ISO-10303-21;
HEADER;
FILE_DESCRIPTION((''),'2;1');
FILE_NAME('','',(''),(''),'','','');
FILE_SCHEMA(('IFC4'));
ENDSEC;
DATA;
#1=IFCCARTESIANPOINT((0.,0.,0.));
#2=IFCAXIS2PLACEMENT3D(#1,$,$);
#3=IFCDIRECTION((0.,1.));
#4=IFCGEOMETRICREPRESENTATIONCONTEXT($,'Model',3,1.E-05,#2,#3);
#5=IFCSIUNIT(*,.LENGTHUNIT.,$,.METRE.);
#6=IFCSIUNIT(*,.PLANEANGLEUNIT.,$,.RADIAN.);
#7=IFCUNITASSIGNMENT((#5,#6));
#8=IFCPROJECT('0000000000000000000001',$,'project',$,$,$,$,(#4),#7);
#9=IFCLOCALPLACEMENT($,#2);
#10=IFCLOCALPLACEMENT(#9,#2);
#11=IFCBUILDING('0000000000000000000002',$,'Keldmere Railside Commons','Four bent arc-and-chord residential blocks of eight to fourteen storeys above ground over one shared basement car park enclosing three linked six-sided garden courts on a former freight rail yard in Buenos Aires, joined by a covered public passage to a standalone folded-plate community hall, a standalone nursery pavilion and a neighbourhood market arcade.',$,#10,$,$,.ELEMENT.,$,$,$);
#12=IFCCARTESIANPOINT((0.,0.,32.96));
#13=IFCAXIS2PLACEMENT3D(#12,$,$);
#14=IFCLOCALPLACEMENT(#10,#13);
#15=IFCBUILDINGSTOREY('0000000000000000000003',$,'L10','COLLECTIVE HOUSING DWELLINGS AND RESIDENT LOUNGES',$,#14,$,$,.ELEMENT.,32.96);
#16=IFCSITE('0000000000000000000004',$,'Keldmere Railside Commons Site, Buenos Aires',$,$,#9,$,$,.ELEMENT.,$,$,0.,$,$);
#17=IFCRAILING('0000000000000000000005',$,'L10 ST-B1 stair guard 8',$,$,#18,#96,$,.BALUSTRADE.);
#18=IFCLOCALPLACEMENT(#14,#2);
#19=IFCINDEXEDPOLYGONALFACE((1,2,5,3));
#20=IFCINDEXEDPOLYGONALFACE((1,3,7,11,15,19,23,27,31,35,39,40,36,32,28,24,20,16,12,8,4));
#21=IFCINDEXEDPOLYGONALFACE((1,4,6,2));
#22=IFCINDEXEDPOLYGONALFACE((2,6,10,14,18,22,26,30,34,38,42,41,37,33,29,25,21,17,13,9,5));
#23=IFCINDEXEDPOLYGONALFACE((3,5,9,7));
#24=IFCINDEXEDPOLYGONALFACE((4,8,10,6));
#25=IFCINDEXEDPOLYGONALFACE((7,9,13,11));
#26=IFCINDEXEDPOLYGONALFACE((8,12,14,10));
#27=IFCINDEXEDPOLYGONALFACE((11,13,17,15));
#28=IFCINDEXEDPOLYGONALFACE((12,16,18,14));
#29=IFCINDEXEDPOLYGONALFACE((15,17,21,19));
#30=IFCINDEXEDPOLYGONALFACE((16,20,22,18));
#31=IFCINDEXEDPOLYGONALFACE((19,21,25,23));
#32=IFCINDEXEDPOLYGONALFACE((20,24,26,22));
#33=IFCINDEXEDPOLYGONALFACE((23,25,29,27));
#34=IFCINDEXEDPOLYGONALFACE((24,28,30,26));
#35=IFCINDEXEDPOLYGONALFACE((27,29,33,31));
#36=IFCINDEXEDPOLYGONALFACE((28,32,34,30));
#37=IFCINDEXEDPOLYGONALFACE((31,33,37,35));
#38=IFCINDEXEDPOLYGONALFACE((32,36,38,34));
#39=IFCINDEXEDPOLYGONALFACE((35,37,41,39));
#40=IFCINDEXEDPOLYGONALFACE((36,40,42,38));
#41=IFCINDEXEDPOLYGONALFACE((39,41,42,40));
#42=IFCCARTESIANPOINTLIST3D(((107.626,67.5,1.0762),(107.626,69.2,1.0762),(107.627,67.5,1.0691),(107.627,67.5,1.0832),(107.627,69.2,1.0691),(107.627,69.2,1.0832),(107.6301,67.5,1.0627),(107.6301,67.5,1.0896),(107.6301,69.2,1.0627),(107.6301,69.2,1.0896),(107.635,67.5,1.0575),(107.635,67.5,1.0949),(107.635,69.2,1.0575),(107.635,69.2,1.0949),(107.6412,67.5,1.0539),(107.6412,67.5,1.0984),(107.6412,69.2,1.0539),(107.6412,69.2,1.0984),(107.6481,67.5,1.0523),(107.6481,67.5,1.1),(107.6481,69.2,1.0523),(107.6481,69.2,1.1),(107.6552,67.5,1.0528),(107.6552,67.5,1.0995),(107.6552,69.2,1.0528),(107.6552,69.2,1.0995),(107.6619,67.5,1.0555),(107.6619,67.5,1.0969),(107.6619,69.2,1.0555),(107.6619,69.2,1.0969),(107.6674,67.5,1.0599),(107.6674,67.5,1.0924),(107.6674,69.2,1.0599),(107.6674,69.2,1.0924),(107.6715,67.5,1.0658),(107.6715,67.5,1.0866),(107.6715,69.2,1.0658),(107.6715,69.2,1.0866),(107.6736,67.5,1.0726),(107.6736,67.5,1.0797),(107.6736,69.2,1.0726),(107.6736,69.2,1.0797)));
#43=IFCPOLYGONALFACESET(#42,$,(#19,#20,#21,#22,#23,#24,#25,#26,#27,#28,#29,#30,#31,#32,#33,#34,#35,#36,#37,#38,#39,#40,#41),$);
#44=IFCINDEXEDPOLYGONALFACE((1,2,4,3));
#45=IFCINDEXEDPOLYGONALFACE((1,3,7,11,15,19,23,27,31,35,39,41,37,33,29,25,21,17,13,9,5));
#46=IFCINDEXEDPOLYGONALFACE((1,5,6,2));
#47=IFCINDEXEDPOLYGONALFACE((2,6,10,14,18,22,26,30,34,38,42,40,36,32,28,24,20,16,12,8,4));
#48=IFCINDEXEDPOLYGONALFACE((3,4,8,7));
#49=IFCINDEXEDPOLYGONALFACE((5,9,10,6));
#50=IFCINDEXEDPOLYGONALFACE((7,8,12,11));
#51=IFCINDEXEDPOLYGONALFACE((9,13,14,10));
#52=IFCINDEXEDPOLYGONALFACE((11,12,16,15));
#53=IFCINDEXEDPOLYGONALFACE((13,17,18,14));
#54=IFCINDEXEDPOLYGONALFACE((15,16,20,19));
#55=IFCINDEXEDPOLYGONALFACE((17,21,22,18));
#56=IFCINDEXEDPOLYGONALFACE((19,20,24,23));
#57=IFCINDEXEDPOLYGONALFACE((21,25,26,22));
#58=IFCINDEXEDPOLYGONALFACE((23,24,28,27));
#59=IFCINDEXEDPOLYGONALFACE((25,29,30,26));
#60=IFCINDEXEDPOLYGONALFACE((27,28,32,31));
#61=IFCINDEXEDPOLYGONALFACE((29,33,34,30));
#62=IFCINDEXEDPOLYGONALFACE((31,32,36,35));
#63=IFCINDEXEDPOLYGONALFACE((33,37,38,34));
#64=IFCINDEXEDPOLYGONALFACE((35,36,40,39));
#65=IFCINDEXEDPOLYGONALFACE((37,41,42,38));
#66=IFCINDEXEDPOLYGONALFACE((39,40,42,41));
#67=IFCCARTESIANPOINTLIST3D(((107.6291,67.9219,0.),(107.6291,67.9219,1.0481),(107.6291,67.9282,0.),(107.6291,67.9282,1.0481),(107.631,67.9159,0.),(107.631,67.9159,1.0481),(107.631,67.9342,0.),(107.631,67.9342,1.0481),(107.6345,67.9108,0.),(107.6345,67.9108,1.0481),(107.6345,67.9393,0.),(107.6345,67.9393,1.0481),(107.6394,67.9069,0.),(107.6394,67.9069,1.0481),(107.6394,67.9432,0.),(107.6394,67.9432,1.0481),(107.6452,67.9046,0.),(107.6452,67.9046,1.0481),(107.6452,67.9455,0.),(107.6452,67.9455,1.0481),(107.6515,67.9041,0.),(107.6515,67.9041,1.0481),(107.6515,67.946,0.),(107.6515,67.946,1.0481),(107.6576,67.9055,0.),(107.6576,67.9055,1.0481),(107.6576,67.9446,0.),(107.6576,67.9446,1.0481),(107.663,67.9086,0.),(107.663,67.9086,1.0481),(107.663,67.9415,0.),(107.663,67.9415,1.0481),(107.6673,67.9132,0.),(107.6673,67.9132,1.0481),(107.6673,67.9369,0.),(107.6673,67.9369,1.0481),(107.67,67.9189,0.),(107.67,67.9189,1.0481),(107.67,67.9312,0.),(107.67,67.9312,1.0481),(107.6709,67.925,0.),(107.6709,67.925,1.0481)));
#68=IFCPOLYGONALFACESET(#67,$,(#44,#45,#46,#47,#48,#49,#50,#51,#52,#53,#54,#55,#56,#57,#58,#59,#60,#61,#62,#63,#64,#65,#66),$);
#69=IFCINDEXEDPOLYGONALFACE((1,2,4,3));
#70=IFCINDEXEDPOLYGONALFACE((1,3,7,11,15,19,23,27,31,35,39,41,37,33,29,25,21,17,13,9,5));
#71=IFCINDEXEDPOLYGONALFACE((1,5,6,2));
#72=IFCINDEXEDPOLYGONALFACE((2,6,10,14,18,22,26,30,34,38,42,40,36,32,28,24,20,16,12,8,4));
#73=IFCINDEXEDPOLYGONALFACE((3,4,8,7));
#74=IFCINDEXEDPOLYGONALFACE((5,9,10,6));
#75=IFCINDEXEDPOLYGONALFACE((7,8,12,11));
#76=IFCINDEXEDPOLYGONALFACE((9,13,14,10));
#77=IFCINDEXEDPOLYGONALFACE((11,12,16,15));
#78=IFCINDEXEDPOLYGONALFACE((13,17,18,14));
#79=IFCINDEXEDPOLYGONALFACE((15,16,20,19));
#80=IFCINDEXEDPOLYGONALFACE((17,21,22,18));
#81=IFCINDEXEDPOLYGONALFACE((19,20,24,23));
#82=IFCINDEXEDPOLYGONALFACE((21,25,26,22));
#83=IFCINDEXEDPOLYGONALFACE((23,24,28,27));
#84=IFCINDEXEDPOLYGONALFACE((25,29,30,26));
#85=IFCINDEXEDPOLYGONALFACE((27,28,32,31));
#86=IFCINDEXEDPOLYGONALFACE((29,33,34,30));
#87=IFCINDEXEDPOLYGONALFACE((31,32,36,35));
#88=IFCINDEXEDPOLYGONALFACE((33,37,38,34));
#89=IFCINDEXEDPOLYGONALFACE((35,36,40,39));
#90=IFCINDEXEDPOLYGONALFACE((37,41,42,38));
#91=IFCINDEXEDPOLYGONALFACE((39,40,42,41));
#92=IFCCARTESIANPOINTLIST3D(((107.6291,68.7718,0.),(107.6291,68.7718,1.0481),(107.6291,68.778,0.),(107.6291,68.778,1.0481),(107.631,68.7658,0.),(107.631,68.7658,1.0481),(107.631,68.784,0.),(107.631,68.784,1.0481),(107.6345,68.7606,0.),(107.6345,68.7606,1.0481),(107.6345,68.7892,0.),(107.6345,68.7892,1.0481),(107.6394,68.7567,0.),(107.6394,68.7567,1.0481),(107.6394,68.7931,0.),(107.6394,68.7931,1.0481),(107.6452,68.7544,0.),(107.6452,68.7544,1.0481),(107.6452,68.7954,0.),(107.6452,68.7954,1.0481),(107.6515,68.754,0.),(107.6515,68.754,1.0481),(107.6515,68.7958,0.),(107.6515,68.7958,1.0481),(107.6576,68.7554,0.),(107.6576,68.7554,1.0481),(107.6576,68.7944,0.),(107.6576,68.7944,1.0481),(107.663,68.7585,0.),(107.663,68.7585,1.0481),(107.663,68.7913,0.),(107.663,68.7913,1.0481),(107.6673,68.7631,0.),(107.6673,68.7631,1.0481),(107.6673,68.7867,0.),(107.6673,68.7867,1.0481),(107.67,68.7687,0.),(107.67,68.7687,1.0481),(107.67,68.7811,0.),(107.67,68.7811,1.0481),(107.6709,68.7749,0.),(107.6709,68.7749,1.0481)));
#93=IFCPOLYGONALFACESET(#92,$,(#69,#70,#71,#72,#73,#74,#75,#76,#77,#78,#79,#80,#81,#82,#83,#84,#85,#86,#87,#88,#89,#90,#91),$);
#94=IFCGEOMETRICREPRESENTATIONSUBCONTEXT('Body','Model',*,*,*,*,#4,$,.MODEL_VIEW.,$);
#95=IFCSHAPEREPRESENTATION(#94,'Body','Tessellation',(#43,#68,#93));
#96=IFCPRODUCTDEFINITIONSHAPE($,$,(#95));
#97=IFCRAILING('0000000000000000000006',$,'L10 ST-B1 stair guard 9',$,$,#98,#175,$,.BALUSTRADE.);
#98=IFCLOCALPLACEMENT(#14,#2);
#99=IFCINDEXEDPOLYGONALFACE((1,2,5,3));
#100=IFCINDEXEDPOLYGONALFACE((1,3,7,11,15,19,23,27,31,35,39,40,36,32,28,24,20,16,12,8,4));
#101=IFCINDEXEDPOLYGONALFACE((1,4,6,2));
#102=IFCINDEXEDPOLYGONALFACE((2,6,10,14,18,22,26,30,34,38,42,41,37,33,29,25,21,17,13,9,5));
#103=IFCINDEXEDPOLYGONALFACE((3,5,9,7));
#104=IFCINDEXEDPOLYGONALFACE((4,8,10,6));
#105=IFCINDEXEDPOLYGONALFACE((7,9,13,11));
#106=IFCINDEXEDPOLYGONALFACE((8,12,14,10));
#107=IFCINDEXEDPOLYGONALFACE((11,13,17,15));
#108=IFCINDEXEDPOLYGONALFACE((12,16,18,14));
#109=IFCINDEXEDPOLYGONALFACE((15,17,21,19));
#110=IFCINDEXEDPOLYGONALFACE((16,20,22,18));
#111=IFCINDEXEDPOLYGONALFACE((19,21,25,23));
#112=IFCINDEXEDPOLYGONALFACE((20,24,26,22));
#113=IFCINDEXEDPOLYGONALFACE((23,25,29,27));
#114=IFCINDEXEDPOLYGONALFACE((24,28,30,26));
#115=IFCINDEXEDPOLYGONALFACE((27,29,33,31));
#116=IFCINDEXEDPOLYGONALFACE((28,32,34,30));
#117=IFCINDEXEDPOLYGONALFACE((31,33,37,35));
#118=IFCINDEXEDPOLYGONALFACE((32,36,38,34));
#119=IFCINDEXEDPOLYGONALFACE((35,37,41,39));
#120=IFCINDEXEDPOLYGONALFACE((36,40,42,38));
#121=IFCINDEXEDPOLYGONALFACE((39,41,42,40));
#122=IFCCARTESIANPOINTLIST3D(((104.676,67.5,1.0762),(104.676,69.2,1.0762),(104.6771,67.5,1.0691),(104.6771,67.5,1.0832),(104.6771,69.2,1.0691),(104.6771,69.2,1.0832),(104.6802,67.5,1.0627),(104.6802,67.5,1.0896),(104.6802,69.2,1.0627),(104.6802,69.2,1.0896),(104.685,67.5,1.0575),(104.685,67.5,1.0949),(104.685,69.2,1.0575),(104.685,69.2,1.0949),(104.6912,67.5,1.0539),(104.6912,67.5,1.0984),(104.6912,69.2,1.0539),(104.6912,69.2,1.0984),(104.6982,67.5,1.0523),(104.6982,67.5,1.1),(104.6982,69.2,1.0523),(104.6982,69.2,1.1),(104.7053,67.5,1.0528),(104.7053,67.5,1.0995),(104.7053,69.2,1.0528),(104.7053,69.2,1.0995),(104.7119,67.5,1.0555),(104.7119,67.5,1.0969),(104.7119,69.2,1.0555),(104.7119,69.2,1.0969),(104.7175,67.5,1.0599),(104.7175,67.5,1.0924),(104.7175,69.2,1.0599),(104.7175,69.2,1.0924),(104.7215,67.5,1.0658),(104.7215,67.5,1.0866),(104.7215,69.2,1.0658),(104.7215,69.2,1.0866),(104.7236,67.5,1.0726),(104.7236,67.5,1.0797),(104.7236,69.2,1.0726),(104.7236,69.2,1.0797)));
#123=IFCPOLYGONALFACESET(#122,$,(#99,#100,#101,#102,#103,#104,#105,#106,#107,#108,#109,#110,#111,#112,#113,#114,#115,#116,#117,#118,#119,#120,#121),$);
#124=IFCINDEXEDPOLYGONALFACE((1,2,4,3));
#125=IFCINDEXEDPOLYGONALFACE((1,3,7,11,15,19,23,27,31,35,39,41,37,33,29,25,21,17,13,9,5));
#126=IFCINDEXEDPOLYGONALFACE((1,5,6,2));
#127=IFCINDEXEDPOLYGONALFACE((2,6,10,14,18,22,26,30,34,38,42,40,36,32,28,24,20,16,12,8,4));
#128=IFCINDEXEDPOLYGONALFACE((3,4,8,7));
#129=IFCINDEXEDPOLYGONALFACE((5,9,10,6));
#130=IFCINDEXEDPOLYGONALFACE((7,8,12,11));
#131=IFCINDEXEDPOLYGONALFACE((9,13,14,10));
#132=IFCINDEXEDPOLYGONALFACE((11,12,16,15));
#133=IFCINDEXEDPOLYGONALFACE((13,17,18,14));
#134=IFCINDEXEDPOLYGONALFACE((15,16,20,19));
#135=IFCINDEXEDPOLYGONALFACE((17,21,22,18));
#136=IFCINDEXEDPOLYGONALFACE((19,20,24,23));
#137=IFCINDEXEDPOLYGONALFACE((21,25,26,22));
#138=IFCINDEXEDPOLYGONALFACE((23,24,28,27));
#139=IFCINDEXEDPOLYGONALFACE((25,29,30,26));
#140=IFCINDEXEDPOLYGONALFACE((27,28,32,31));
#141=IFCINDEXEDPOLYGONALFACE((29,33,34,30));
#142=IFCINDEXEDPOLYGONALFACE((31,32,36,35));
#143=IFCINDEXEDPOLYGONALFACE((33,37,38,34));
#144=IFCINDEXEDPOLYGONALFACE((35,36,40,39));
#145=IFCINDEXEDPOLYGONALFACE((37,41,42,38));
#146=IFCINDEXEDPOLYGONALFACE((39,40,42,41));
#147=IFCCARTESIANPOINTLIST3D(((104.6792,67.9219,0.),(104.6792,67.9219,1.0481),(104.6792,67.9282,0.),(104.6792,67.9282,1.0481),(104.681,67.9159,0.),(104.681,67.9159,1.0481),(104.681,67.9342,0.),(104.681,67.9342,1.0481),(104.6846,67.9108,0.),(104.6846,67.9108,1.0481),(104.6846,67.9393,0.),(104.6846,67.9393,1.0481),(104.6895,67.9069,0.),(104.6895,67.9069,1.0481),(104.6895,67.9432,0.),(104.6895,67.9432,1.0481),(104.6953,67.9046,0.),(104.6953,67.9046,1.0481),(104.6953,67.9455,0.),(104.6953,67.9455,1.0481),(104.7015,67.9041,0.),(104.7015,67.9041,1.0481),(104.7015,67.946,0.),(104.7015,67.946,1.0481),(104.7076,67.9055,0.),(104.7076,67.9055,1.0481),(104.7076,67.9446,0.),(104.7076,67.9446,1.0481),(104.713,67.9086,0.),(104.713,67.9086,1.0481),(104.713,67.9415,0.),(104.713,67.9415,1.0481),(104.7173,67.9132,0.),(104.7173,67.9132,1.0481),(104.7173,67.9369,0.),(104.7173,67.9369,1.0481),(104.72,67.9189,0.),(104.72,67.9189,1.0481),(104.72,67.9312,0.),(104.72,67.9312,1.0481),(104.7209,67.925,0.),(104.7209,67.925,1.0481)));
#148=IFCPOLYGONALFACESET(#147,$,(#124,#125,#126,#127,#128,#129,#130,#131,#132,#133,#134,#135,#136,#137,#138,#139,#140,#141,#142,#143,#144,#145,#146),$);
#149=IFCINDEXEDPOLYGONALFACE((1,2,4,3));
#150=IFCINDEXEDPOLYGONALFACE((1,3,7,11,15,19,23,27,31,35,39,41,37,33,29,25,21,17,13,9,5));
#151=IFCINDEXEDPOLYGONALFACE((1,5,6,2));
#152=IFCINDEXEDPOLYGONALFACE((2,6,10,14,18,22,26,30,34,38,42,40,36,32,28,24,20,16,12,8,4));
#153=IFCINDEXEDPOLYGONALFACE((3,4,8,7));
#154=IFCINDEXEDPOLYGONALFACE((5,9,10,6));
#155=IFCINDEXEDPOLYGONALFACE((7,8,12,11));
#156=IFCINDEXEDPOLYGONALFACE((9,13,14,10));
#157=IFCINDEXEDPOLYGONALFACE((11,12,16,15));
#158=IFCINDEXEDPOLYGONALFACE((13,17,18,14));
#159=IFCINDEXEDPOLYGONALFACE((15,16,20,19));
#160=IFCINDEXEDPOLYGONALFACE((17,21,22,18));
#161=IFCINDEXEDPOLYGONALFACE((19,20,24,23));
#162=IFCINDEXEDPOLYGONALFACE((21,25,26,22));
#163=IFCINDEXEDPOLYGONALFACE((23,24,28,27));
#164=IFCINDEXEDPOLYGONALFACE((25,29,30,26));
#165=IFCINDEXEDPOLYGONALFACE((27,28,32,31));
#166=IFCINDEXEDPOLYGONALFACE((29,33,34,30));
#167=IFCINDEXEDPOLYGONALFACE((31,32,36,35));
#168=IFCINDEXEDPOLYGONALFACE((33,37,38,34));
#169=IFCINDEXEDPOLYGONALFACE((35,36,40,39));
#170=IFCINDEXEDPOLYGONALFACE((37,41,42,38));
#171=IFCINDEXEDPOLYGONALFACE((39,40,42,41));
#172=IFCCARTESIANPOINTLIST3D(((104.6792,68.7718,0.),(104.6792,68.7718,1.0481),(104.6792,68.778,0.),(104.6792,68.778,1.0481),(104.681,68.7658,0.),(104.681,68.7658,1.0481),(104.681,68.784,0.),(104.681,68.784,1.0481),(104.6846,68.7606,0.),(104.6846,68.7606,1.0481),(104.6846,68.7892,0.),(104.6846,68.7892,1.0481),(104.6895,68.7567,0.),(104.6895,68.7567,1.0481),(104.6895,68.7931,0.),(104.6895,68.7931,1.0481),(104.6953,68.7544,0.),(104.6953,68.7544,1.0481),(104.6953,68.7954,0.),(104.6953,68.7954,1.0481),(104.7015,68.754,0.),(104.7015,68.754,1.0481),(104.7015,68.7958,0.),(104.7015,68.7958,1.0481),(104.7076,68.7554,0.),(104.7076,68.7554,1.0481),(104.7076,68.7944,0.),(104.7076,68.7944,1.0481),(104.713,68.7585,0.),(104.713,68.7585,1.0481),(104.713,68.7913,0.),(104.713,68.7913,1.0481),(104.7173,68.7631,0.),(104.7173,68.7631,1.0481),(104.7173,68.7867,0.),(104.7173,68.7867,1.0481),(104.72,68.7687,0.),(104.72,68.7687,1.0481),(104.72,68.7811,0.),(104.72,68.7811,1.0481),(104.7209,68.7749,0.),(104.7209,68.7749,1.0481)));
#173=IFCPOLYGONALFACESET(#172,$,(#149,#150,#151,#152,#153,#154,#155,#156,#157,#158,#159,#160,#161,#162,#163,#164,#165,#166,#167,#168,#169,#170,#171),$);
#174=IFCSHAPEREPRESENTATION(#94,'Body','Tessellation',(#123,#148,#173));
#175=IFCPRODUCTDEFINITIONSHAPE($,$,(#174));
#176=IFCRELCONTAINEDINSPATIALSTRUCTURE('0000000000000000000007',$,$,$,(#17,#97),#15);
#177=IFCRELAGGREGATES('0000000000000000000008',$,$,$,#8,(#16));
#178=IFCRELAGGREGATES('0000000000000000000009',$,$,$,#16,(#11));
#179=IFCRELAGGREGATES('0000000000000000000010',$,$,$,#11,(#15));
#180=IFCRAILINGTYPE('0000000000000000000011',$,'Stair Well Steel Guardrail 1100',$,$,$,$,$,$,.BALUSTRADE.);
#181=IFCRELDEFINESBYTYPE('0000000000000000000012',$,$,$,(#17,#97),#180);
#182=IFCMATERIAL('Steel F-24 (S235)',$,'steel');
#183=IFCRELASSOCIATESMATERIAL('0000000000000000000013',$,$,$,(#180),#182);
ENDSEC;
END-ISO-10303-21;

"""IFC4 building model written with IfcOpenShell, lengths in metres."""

from ifc_helpers import new_model, si_unit, direction, frame, origin, origin_2d, place, context, subcontext, project, spatial, circle, extrude, material, type_object, element, save


model = new_model("IFC4")

# Units and contexts
model_context = context("Model", 3, precision=1e-05, world=origin(), true_north=direction((0.0, 1.0)))
body_context = subcontext(model_context, "Body", "Model", "MODEL_VIEW")
ifc_project = project(units=[si_unit("LENGTHUNIT", "METRE"), si_unit("PLANEANGLEUNIT", "RADIAN")], contexts=[model_context])

# Site, building, storey
site_placement = place(None, origin())
site = spatial("IfcSite", under=ifc_project, at=site_placement, Name="Keldmere Railside Commons Site, Buenos Aires", CompositionType="ELEMENT", RefElevation=0.0)
building_placement = place(site_placement, origin())
building = spatial("IfcBuilding", under=site, at=building_placement, Name="Keldmere Railside Commons", Description="Four bent arc-and-chord residential blocks of eight to fourteen storeys above ground over one shared basement car park enclosing three linked six-sided garden courts on a former freight rail yard in Buenos Aires, joined by a covered public passage to a standalone folded-plate community hall, a standalone nursery pavilion and a neighbourhood market arcade.", CompositionType="ELEMENT")
storey_placement = place(building_placement, frame((0.0, 0.0, 32.96)))
storey = spatial("IfcBuildingStorey", under=building, at=storey_placement, Name="L10", Description="COLLECTIVE HOUSING DWELLINGS AND RESIDENT LOUNGES", CompositionType="ELEMENT", Elevation=32.96)

# Shared definitions
ifc_material_1 = material(Name="Steel F-24 (S235)", Category="steel")

# Railings
railing_type_1 = type_object("IfcRailingType", Name="Stair Well Steel Guardrail 1100", PredefinedType="BALUSTRADE", material=ifc_material_1)
for number, where, name in (
    (1, (107.6499, 67.5, 0.0), "L10 ST-B1 stair guard 8"),
    (2, (104.7, 67.5, 0.0), "L10 ST-B1 stair guard 9"),
):
    element("IfcRailing", number, at=place(storey_placement, frame(where)), inside=storey, type_object=railing_type_1, Name=name, PredefinedType="BALUSTRADE", context=body_context, shape_type="SweptSolid", body=[
        extrude(circle(Radius=0.0239, at=origin_2d()), frame((0.0, 0.0, 1.0762), z_axis=(0.0, 1.0, 0.0), x_axis=(-1.0, 0.0, 0.0)), (0.0, 0.0, 1.0), 1.7),
        extrude(circle(Radius=0.021, at=origin_2d()), frame((0.0, 0.425, 0.0)), (0.0, 0.0, 1.0), 1.0481),
        extrude(circle(Radius=0.021, at=origin_2d()), frame((0.0, 1.2749, 0.0)), (0.0, 0.0, 1.0), 1.0481),
    ])

save(model, "model.ifc")
